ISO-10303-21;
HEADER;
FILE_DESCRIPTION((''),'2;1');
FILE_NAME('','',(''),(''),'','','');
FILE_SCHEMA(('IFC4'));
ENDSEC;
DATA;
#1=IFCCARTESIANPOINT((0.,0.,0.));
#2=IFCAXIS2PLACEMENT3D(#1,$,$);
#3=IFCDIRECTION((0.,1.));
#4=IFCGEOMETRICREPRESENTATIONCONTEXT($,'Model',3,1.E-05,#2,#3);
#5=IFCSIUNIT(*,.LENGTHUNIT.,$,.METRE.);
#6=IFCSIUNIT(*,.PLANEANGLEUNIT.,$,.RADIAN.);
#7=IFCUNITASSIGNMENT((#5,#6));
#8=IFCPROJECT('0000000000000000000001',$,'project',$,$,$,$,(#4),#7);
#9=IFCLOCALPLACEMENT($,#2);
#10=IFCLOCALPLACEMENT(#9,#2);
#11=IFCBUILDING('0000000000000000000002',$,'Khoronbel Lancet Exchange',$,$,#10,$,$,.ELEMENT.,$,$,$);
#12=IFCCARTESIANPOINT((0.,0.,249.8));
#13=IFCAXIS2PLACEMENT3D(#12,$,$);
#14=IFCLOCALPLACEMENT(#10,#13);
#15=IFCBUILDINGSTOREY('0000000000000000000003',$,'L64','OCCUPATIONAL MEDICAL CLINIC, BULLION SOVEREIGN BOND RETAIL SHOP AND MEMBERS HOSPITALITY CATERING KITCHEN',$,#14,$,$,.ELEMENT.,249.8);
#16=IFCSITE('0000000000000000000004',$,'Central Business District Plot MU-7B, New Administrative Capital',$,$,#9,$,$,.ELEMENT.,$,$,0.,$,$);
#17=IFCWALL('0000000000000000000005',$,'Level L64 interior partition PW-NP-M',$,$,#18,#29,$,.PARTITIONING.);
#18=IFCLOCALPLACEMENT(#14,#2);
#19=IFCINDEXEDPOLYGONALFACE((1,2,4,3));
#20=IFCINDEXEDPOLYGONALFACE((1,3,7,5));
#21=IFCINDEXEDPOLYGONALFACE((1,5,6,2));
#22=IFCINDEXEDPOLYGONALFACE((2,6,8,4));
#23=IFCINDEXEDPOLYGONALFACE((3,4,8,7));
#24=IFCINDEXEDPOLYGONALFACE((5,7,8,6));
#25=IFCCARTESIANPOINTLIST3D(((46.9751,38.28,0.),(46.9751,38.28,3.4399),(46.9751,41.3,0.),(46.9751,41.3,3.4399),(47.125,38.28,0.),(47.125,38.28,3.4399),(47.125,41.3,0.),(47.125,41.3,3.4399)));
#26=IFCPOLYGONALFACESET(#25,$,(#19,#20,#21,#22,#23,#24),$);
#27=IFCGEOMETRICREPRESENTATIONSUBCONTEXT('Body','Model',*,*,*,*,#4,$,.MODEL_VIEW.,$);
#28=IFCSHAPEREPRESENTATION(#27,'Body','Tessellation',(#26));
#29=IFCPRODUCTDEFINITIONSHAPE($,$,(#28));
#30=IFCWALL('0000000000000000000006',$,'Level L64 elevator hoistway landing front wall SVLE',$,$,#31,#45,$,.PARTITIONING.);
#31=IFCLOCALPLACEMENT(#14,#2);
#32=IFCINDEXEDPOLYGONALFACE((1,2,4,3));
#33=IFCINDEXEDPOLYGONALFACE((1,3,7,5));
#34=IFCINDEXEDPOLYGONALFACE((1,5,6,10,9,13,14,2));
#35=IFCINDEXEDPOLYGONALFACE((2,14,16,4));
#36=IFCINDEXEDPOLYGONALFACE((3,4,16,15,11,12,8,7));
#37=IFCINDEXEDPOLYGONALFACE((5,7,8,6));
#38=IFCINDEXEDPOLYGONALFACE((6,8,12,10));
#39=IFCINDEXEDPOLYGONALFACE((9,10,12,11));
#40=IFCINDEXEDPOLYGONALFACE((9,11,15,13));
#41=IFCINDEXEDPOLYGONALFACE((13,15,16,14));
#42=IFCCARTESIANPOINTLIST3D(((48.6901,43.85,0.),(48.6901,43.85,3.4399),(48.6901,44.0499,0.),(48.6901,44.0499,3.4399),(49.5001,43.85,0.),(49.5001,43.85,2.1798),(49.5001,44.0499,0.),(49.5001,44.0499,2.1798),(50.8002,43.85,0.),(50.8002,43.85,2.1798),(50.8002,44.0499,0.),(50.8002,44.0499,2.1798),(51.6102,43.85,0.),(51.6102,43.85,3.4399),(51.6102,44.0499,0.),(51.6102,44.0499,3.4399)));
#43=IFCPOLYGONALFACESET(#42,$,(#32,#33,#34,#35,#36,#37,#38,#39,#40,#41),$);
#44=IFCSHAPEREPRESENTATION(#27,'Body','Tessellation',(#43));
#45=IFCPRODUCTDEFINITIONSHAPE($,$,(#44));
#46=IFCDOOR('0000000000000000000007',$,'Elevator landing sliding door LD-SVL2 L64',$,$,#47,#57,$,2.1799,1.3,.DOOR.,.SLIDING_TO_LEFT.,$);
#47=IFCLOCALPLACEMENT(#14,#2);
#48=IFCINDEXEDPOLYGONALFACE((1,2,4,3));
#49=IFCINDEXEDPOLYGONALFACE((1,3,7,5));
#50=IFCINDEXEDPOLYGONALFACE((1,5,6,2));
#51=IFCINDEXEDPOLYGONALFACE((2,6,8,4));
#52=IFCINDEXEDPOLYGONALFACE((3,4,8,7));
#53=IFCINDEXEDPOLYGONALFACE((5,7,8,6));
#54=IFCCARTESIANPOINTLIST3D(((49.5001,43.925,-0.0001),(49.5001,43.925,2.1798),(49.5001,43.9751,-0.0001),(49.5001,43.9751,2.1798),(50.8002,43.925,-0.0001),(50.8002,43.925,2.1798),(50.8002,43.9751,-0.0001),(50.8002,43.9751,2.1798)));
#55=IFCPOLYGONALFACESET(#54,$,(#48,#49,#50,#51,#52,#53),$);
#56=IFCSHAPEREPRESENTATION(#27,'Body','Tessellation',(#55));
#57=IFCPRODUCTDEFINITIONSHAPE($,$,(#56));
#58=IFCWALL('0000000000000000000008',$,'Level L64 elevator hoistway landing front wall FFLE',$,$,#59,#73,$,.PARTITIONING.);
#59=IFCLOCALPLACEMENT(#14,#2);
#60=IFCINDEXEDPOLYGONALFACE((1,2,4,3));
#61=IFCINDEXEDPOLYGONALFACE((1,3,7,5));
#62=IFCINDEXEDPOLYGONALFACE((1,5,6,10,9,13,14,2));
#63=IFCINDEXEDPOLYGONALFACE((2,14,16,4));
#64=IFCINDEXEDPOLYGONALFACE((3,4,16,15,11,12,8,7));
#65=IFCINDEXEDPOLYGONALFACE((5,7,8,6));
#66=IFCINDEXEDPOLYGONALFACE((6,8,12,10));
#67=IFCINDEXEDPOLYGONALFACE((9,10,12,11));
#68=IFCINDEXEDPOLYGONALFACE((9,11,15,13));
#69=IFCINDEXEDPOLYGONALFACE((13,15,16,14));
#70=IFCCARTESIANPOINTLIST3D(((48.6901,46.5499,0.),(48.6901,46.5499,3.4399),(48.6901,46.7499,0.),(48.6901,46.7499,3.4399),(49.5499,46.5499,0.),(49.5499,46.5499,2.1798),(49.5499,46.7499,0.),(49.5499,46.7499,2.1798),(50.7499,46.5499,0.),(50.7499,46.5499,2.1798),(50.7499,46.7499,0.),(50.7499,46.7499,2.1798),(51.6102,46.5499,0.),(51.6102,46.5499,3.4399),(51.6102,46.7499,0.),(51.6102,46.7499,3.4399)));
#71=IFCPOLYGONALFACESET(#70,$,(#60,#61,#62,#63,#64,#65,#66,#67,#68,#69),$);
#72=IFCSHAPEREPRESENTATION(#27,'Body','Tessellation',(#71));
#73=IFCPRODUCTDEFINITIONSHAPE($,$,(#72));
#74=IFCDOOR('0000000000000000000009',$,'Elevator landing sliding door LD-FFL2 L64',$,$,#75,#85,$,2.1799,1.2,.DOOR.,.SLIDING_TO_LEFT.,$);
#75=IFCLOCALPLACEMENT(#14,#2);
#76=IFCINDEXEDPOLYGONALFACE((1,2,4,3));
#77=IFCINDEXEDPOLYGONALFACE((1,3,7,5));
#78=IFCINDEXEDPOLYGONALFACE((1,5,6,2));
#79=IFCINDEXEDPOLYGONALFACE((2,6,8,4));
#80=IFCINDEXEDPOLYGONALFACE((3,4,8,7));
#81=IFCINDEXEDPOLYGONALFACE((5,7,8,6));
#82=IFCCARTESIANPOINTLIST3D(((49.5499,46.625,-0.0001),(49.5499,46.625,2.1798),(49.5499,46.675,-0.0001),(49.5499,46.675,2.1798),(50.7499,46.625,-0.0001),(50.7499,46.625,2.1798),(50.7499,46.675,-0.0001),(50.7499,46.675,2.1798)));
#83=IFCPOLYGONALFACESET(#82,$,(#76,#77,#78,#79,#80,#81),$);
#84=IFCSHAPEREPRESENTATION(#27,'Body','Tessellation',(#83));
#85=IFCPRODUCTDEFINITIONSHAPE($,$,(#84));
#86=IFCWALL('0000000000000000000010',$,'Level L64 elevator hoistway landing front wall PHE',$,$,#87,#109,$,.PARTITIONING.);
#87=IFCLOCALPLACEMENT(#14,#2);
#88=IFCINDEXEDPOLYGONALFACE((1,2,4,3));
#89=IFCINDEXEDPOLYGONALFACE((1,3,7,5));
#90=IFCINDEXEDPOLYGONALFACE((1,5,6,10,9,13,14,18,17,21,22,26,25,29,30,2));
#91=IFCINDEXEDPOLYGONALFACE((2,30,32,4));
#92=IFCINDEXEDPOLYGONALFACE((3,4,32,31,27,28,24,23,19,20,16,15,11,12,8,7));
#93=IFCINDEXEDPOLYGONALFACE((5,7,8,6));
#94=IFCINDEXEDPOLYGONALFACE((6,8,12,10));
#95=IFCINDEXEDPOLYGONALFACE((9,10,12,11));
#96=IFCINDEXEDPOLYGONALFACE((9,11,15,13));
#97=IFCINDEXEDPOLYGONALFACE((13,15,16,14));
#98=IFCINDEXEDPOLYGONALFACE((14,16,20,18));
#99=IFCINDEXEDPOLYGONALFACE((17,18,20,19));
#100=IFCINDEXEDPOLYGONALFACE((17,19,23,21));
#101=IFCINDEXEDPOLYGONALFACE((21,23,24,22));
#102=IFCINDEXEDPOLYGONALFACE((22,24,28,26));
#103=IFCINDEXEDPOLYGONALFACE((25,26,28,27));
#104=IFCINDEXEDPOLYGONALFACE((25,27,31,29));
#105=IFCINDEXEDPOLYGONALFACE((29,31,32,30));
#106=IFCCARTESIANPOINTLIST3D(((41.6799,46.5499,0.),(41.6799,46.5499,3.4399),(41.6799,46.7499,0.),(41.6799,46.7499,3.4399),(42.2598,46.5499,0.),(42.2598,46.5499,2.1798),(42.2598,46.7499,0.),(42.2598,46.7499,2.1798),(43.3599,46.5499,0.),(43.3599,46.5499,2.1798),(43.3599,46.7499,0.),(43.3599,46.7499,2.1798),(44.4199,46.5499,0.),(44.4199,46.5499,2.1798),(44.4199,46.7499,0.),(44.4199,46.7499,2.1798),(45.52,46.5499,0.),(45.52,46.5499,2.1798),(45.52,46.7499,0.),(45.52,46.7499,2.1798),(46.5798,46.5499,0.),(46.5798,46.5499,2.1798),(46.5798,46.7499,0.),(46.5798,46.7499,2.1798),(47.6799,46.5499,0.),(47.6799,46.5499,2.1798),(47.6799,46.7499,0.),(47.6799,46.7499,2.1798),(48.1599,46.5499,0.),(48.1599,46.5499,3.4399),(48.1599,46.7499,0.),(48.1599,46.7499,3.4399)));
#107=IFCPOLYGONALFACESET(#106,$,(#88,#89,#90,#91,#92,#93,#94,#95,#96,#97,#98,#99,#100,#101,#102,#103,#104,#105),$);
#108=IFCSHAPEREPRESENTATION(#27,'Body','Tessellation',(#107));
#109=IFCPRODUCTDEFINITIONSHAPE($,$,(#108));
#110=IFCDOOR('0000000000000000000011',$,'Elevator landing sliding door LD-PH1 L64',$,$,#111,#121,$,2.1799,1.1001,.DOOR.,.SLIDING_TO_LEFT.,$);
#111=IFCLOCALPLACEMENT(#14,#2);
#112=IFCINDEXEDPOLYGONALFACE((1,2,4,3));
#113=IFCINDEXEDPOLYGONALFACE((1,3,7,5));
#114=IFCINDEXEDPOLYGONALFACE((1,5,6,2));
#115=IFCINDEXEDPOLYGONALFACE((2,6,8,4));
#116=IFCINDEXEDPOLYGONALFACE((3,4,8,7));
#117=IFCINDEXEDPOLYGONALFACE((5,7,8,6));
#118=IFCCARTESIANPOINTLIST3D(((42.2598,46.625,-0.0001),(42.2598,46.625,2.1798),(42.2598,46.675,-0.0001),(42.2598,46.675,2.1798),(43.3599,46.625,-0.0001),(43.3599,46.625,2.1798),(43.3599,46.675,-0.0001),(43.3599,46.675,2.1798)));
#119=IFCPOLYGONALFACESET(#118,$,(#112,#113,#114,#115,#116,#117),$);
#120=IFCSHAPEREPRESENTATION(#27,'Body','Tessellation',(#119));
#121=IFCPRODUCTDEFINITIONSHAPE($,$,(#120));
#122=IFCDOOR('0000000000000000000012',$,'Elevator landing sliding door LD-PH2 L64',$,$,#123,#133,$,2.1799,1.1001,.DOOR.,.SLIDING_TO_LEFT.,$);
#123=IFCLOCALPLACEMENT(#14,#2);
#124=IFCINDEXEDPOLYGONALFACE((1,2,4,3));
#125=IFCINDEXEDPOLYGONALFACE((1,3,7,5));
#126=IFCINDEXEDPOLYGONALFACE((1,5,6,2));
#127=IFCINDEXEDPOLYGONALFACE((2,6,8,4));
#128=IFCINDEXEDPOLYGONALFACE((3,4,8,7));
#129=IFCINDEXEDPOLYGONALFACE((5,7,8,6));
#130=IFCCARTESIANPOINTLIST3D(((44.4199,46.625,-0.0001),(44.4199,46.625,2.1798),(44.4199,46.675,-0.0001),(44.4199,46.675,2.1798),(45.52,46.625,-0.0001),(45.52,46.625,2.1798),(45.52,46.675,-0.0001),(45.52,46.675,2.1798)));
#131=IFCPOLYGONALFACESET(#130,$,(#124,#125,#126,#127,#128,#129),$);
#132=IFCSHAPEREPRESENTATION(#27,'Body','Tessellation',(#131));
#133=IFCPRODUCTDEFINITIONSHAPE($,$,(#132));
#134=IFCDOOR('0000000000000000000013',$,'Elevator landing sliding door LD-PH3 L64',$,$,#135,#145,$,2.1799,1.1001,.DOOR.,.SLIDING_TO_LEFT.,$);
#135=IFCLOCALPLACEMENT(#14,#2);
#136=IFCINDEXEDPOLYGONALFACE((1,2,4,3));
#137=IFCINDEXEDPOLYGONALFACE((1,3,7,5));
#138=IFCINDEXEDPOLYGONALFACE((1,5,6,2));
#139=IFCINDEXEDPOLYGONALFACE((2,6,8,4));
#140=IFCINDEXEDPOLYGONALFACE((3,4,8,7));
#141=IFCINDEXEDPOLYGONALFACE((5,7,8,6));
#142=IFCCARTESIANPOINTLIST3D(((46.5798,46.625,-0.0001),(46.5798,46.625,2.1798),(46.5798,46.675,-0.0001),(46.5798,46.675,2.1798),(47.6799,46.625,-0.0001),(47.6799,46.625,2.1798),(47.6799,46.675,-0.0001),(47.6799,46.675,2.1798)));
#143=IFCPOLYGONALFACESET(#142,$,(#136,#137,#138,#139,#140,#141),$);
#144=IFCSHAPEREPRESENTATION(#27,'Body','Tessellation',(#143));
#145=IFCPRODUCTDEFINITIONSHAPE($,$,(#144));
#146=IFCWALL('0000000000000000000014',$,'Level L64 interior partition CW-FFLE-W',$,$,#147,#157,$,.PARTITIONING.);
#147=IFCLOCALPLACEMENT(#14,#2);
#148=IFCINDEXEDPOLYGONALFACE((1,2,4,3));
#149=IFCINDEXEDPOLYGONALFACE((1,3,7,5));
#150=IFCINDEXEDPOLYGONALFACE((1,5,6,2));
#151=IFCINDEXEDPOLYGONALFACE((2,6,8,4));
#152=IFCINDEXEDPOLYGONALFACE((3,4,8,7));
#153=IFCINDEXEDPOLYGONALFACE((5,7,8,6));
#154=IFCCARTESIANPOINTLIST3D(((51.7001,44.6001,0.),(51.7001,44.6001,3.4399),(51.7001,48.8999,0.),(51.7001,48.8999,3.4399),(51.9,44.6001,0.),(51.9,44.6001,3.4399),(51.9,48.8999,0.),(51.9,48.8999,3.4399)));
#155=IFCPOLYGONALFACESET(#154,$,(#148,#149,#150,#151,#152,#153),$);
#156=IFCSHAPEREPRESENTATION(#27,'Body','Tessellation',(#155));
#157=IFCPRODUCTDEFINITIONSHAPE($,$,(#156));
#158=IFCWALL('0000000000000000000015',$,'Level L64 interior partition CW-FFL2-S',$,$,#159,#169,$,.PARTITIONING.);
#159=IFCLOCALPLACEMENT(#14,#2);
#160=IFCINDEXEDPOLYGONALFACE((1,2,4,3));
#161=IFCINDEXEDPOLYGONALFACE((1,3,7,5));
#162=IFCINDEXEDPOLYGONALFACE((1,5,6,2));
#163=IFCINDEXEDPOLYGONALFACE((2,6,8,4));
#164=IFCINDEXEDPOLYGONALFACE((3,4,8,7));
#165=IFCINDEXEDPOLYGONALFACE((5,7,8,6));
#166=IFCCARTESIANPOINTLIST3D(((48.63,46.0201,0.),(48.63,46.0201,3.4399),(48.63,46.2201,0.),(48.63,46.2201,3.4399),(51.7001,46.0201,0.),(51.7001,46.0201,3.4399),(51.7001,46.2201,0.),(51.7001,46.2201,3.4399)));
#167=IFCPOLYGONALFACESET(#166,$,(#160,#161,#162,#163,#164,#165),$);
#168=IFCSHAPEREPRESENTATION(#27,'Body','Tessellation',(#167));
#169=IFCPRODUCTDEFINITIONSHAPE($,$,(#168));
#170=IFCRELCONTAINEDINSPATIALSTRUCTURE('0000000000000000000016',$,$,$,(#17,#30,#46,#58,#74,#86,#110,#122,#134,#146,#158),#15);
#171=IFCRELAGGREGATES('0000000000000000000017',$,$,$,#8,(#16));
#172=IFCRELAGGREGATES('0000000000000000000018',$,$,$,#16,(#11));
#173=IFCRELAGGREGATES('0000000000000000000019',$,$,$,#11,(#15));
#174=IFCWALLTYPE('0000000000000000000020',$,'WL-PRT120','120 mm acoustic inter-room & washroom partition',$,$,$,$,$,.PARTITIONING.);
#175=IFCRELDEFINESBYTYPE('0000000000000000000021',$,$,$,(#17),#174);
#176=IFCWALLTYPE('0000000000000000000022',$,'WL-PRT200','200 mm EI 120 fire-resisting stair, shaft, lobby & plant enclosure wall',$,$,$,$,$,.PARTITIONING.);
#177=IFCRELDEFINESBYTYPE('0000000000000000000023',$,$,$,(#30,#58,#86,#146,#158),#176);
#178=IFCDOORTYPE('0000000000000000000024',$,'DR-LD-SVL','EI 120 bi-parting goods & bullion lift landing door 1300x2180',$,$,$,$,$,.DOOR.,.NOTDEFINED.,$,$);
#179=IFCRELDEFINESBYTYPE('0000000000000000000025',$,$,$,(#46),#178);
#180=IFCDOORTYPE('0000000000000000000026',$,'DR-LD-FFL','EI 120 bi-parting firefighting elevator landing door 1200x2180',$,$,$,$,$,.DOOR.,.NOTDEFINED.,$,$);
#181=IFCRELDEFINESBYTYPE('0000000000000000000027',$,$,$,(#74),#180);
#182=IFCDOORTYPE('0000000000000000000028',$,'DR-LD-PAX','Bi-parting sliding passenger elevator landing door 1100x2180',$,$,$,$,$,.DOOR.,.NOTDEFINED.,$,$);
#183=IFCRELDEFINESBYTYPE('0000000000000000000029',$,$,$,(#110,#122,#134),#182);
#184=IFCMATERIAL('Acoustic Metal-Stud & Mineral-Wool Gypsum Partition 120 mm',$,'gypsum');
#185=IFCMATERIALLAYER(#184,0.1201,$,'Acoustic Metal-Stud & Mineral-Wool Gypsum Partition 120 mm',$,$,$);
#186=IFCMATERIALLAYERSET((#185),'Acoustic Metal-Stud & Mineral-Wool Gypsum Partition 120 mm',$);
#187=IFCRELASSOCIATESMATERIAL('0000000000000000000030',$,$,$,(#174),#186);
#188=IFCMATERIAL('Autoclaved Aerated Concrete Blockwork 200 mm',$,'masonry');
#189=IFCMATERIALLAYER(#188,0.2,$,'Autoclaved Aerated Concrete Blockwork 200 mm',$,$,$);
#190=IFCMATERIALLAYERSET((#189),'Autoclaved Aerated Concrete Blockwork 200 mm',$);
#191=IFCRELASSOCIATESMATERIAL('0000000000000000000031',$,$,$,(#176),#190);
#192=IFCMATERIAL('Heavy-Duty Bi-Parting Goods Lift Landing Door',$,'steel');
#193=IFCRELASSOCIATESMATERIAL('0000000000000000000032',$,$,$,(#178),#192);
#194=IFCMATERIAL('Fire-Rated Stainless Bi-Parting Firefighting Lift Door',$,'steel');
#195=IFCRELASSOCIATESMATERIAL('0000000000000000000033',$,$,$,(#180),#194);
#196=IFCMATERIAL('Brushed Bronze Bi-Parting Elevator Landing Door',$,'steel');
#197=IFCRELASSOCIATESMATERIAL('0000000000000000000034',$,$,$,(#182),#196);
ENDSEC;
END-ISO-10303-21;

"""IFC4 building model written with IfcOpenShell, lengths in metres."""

from ifc_helpers import new_model, si_unit, direction, frame, frame_2d, origin, place, context, subcontext, project, spatial, rectangle, extrude, material, layer, layer_set, type_object, element, fill, save


model = new_model("IFC4")

# Units and contexts
model_context = context("Model", 3, precision=1e-05, world=origin(), true_north=direction((0.0, 1.0)))
body_context = subcontext(model_context, "Body", "Model", "MODEL_VIEW")
ifc_project = project(units=[si_unit("LENGTHUNIT", "METRE"), si_unit("PLANEANGLEUNIT", "RADIAN")], contexts=[model_context])

# Site, building, storey
site_placement = place(None, origin())
site = spatial("IfcSite", under=ifc_project, at=site_placement, Name="Central Business District Plot MU-7B, New Administrative Capital", CompositionType="ELEMENT", RefElevation=0.0)
building_placement = place(site_placement, origin())
building = spatial("IfcBuilding", under=site, at=building_placement, Name="Khoronbel Lancet Exchange", CompositionType="ELEMENT")
storey_placement = place(building_placement, frame((0.0, 0.0, 249.8)))
storey = spatial("IfcBuildingStorey", under=building, at=storey_placement, Name="L64", Description="OCCUPATIONAL MEDICAL CLINIC, BULLION SOVEREIGN BOND RETAIL SHOP AND MEMBERS HOSPITALITY CATERING KITCHEN", CompositionType="ELEMENT", Elevation=249.8)

# Wall
ifc_material_1 = material(Name="Acoustic Metal-Stud & Mineral-Wool Gypsum Partition 120 mm", Category="gypsum")
ifc_layer_1 = layer(ifc_material_1, 0.1201, Name="Acoustic Metal-Stud & Mineral-Wool Gypsum Partition 120 mm")
ifc_layer_set_1 = layer_set([ifc_layer_1], Name="Acoustic Metal-Stud & Mineral-Wool Gypsum Partition 120 mm")
wall_type_1 = type_object("IfcWallType", Name="WL-PRT120", Description="120 mm acoustic inter-room & washroom partition", PredefinedType="PARTITIONING", material=ifc_layer_set_1)
wall_1_placement = place(storey_placement, frame((47.05, 38.28, 0.0), z_axis=(0.0, 0.0, 1.0), x_axis=(0.0, 1.0, 0.0)))
element("IfcWall", 1, at=wall_1_placement, inside=storey, type_object=wall_type_1, Name="Level L64 interior partition PW-NP-M", PredefinedType="PARTITIONING", context=body_context, shape_type="SweptSolid", body=[
    extrude(rectangle(XDim=3.02, YDim=0.1499, at=frame_2d((1.51, 0.0))), origin(), (0.0, 0.0, 1.0), 3.4399),
])

# Walls, openings, doors
ifc_material_2 = material(Name="Autoclaved Aerated Concrete Blockwork 200 mm", Category="masonry")
ifc_layer_2 = layer(ifc_material_2, 0.2, Name="Autoclaved Aerated Concrete Blockwork 200 mm")
ifc_layer_set_2 = layer_set([ifc_layer_2], Name="Autoclaved Aerated Concrete Blockwork 200 mm")
wall_type_2 = type_object("IfcWallType", Name="WL-PRT200", Description="200 mm EI 120 fire-resisting stair, shaft, lobby & plant enclosure wall", PredefinedType="PARTITIONING", material=ifc_layer_set_2)
wall_2_placement = place(storey_placement, frame((51.6101, 43.95, 0.0), z_axis=(0.0, 0.0, 1.0), x_axis=(-1.0, 0.0, 0.0)))
wall_2 = element("IfcWall", 2, at=wall_2_placement, inside=storey, type_object=wall_type_2, Name="Level L64 elevator hoistway landing front wall SVLE", PredefinedType="PARTITIONING", context=body_context, shape_type="SweptSolid", body=[
    extrude(rectangle(XDim=2.9202, YDim=0.2, at=frame_2d((1.46, 0.0))), origin(), (0.0, 0.0, 1.0), 3.4399),
])
opening_1_placement = place(wall_2_placement, frame((0.8101, 0.0, 0.0)))
opening_1 = element("IfcOpeningElement", 3, at=opening_1_placement, cuts=wall_2, PredefinedType="OPENING", context=body_context, shape_type="SweptSolid", body=[
    extrude(rectangle(XDim=1.3, YDim=2.1799, at=frame_2d((0.6499, 1.0898))), frame((0.0, 0.1099, 0.0), z_axis=(0.0, -1.0, 0.0), x_axis=(1.0, 0.0, 0.0)), (0.0, 0.0, 1.0), 0.22),
])
ifc_material_3 = material(Name="Heavy-Duty Bi-Parting Goods Lift Landing Door", Category="steel")
door_type_1 = type_object("IfcDoorType", Name="DR-LD-SVL", Description="EI 120 bi-parting goods & bullion lift landing door 1300x2180", OperationType="NOTDEFINED", PredefinedType="DOOR", material=ifc_material_3)
door_1_placement = place(opening_1_placement, origin())
door_1 = element("IfcDoor", 4, at=door_1_placement, inside=storey, type_object=door_type_1, Name="Elevator landing sliding door LD-SVL2 L64", OperationType="SLIDING_TO_LEFT", OverallHeight=2.1799, OverallWidth=1.3, PredefinedType="DOOR", context=body_context, shape_type="SweptSolid", body=[
    extrude(rectangle(XDim=1.3, YDim=2.1799, at=frame_2d((0.6499, 1.0898))), frame((0.0, 0.0249, 0.0), z_axis=(0.0, -1.0, 0.0), x_axis=(1.0, 0.0, 0.0)), (0.0, 0.0, 1.0), 0.05),
])
fill(opening_1, door_1)
wall_3_placement = place(storey_placement, frame((51.6101, 46.6499, 0.0), z_axis=(0.0, 0.0, 1.0), x_axis=(-1.0, 0.0, 0.0)))
wall_3 = element("IfcWall", 5, at=wall_3_placement, inside=storey, type_object=wall_type_2, Name="Level L64 elevator hoistway landing front wall FFLE", PredefinedType="PARTITIONING", context=body_context, shape_type="SweptSolid", body=[
    extrude(rectangle(XDim=2.9202, YDim=0.2, at=frame_2d((1.46, 0.0))), origin(), (0.0, 0.0, 1.0), 3.4399),
])
opening_2_placement = place(wall_3_placement, frame((0.8601, 0.0, 0.0)))
opening_2 = element("IfcOpeningElement", 6, at=opening_2_placement, cuts=wall_3, PredefinedType="OPENING", context=body_context, shape_type="SweptSolid", body=[
    extrude(rectangle(XDim=1.2, YDim=2.1799, at=frame_2d((0.6001, 1.0898))), frame((0.0, 0.1099, 0.0), z_axis=(0.0, -1.0, 0.0), x_axis=(1.0, 0.0, 0.0)), (0.0, 0.0, 1.0), 0.22),
])
ifc_material_4 = material(Name="Fire-Rated Stainless Bi-Parting Firefighting Lift Door", Category="steel")
door_type_2 = type_object("IfcDoorType", Name="DR-LD-FFL", Description="EI 120 bi-parting firefighting elevator landing door 1200x2180", OperationType="NOTDEFINED", PredefinedType="DOOR", material=ifc_material_4)
door_2_placement = place(opening_2_placement, origin())
door_2 = element("IfcDoor", 7, at=door_2_placement, inside=storey, type_object=door_type_2, Name="Elevator landing sliding door LD-FFL2 L64", OperationType="SLIDING_TO_LEFT", OverallHeight=2.1799, OverallWidth=1.2, PredefinedType="DOOR", context=body_context, shape_type="SweptSolid", body=[
    extrude(rectangle(XDim=1.2, YDim=2.1799, at=frame_2d((0.6001, 1.0898))), frame((0.0, 0.0249, 0.0), z_axis=(0.0, -1.0, 0.0), x_axis=(1.0, 0.0, 0.0)), (0.0, 0.0, 1.0), 0.05),
])
fill(opening_2, door_2)

# Wall, openings, doors
wall_4_placement = place(storey_placement, frame((48.1599, 46.6499, 0.0), z_axis=(0.0, 0.0, 1.0), x_axis=(-1.0, 0.0, 0.0)))
wall_4 = element("IfcWall", 8, at=wall_4_placement, inside=storey, type_object=wall_type_2, Name="Level L64 elevator hoistway landing front wall PHE", PredefinedType="PARTITIONING", context=body_context, shape_type="SweptSolid", body=[
    extrude(rectangle(XDim=6.48, YDim=0.2, at=frame_2d((3.24, 0.0))), origin(), (0.0, 0.0, 1.0), 3.4399),
])
opening_3_placement = place(wall_4_placement, frame((4.8, 0.0, 0.0)))
opening_3 = element("IfcOpeningElement", 9, at=opening_3_placement, cuts=wall_4, PredefinedType="OPENING", context=body_context, shape_type="SweptSolid", body=[
    extrude(rectangle(XDim=1.1001, YDim=2.1799, at=frame_2d((0.55, 1.0898))), frame((0.0, 0.1099, 0.0), z_axis=(0.0, -1.0, 0.0), x_axis=(1.0, 0.0, 0.0)), (0.0, 0.0, 1.0), 0.22),
])
opening_4_placement = place(wall_4_placement, frame((2.6399, 0.0, 0.0)))
opening_4 = element("IfcOpeningElement", 10, at=opening_4_placement, cuts=wall_4, PredefinedType="OPENING", context=body_context, shape_type="SweptSolid", body=[
    extrude(rectangle(XDim=1.1001, YDim=2.1799, at=frame_2d((0.55, 1.0898))), frame((0.0, 0.1099, 0.0), z_axis=(0.0, -1.0, 0.0), x_axis=(1.0, 0.0, 0.0)), (0.0, 0.0, 1.0), 0.22),
])
opening_5_placement = place(wall_4_placement, frame((0.48, 0.0, 0.0)))
opening_5 = element("IfcOpeningElement", 11, at=opening_5_placement, cuts=wall_4, PredefinedType="OPENING", context=body_context, shape_type="SweptSolid", body=[
    extrude(rectangle(XDim=1.1001, YDim=2.1799, at=frame_2d((0.55, 1.0898))), frame((0.0, 0.1099, 0.0), z_axis=(0.0, -1.0, 0.0), x_axis=(1.0, 0.0, 0.0)), (0.0, 0.0, 1.0), 0.22),
])
ifc_material_5 = material(Name="Brushed Bronze Bi-Parting Elevator Landing Door", Category="steel")
door_type_3 = type_object("IfcDoorType", Name="DR-LD-PAX", Description="Bi-parting sliding passenger elevator landing door 1100x2180", OperationType="NOTDEFINED", PredefinedType="DOOR", material=ifc_material_5)
door_3_placement = place(opening_3_placement, origin())
door_3 = element("IfcDoor", 12, at=door_3_placement, inside=storey, type_object=door_type_3, Name="Elevator landing sliding door LD-PH1 L64", OperationType="SLIDING_TO_LEFT", OverallHeight=2.1799, OverallWidth=1.1001, PredefinedType="DOOR", context=body_context, shape_type="SweptSolid", body=[
    extrude(rectangle(XDim=1.1001, YDim=2.1799, at=frame_2d((0.55, 1.0898))), frame((0.0, 0.0249, 0.0), z_axis=(0.0, -1.0, 0.0), x_axis=(1.0, 0.0, 0.0)), (0.0, 0.0, 1.0), 0.05),
])
fill(opening_3, door_3)
door_4_placement = place(opening_4_placement, origin())
door_4 = element("IfcDoor", 13, at=door_4_placement, inside=storey, type_object=door_type_3, Name="Elevator landing sliding door LD-PH2 L64", OperationType="SLIDING_TO_LEFT", OverallHeight=2.1799, OverallWidth=1.1001, PredefinedType="DOOR", context=body_context, shape_type="SweptSolid", body=[
    extrude(rectangle(XDim=1.1001, YDim=2.1799, at=frame_2d((0.55, 1.0898))), frame((0.0, 0.0249, 0.0), z_axis=(0.0, -1.0, 0.0), x_axis=(1.0, 0.0, 0.0)), (0.0, 0.0, 1.0), 0.05),
])
fill(opening_4, door_4)
door_5_placement = place(opening_5_placement, origin())
door_5 = element("IfcDoor", 14, at=door_5_placement, inside=storey, type_object=door_type_3, Name="Elevator landing sliding door LD-PH3 L64", OperationType="SLIDING_TO_LEFT", OverallHeight=2.1799, OverallWidth=1.1001, PredefinedType="DOOR", context=body_context, shape_type="SweptSolid", body=[
    extrude(rectangle(XDim=1.1001, YDim=2.1799, at=frame_2d((0.55, 1.0898))), frame((0.0, 0.0249, 0.0), z_axis=(0.0, -1.0, 0.0), x_axis=(1.0, 0.0, 0.0)), (0.0, 0.0, 1.0), 0.05),
])
fill(opening_5, door_5)

# Walls
wall_5_placement = place(storey_placement, frame((51.8, 44.6001, 0.0), z_axis=(0.0, 0.0, 1.0), x_axis=(0.0, 1.0, 0.0)))
element("IfcWall", 15, at=wall_5_placement, inside=storey, type_object=wall_type_2, Name="Level L64 interior partition CW-FFLE-W", PredefinedType="PARTITIONING", context=body_context, shape_type="SweptSolid", body=[
    extrude(rectangle(XDim=4.2998, YDim=0.2, at=frame_2d((2.1499, 0.0))), origin(), (0.0, 0.0, 1.0), 3.4399),
])
wall_6_placement = place(storey_placement, frame((48.6299, 46.1201, 0.0), z_axis=(0.0, 0.0, 1.0), x_axis=(1.0, 0.0, 0.0)))
element("IfcWall", 16, at=wall_6_placement, inside=storey, type_object=wall_type_2, Name="Level L64 interior partition CW-FFL2-S", PredefinedType="PARTITIONING", context=body_context, shape_type="SweptSolid", body=[
    extrude(rectangle(XDim=3.0701, YDim=0.2, at=frame_2d((1.5352, 0.0))), origin(), (0.0, 0.0, 1.0), 3.4399),
])

save(model, "model.ifc")
